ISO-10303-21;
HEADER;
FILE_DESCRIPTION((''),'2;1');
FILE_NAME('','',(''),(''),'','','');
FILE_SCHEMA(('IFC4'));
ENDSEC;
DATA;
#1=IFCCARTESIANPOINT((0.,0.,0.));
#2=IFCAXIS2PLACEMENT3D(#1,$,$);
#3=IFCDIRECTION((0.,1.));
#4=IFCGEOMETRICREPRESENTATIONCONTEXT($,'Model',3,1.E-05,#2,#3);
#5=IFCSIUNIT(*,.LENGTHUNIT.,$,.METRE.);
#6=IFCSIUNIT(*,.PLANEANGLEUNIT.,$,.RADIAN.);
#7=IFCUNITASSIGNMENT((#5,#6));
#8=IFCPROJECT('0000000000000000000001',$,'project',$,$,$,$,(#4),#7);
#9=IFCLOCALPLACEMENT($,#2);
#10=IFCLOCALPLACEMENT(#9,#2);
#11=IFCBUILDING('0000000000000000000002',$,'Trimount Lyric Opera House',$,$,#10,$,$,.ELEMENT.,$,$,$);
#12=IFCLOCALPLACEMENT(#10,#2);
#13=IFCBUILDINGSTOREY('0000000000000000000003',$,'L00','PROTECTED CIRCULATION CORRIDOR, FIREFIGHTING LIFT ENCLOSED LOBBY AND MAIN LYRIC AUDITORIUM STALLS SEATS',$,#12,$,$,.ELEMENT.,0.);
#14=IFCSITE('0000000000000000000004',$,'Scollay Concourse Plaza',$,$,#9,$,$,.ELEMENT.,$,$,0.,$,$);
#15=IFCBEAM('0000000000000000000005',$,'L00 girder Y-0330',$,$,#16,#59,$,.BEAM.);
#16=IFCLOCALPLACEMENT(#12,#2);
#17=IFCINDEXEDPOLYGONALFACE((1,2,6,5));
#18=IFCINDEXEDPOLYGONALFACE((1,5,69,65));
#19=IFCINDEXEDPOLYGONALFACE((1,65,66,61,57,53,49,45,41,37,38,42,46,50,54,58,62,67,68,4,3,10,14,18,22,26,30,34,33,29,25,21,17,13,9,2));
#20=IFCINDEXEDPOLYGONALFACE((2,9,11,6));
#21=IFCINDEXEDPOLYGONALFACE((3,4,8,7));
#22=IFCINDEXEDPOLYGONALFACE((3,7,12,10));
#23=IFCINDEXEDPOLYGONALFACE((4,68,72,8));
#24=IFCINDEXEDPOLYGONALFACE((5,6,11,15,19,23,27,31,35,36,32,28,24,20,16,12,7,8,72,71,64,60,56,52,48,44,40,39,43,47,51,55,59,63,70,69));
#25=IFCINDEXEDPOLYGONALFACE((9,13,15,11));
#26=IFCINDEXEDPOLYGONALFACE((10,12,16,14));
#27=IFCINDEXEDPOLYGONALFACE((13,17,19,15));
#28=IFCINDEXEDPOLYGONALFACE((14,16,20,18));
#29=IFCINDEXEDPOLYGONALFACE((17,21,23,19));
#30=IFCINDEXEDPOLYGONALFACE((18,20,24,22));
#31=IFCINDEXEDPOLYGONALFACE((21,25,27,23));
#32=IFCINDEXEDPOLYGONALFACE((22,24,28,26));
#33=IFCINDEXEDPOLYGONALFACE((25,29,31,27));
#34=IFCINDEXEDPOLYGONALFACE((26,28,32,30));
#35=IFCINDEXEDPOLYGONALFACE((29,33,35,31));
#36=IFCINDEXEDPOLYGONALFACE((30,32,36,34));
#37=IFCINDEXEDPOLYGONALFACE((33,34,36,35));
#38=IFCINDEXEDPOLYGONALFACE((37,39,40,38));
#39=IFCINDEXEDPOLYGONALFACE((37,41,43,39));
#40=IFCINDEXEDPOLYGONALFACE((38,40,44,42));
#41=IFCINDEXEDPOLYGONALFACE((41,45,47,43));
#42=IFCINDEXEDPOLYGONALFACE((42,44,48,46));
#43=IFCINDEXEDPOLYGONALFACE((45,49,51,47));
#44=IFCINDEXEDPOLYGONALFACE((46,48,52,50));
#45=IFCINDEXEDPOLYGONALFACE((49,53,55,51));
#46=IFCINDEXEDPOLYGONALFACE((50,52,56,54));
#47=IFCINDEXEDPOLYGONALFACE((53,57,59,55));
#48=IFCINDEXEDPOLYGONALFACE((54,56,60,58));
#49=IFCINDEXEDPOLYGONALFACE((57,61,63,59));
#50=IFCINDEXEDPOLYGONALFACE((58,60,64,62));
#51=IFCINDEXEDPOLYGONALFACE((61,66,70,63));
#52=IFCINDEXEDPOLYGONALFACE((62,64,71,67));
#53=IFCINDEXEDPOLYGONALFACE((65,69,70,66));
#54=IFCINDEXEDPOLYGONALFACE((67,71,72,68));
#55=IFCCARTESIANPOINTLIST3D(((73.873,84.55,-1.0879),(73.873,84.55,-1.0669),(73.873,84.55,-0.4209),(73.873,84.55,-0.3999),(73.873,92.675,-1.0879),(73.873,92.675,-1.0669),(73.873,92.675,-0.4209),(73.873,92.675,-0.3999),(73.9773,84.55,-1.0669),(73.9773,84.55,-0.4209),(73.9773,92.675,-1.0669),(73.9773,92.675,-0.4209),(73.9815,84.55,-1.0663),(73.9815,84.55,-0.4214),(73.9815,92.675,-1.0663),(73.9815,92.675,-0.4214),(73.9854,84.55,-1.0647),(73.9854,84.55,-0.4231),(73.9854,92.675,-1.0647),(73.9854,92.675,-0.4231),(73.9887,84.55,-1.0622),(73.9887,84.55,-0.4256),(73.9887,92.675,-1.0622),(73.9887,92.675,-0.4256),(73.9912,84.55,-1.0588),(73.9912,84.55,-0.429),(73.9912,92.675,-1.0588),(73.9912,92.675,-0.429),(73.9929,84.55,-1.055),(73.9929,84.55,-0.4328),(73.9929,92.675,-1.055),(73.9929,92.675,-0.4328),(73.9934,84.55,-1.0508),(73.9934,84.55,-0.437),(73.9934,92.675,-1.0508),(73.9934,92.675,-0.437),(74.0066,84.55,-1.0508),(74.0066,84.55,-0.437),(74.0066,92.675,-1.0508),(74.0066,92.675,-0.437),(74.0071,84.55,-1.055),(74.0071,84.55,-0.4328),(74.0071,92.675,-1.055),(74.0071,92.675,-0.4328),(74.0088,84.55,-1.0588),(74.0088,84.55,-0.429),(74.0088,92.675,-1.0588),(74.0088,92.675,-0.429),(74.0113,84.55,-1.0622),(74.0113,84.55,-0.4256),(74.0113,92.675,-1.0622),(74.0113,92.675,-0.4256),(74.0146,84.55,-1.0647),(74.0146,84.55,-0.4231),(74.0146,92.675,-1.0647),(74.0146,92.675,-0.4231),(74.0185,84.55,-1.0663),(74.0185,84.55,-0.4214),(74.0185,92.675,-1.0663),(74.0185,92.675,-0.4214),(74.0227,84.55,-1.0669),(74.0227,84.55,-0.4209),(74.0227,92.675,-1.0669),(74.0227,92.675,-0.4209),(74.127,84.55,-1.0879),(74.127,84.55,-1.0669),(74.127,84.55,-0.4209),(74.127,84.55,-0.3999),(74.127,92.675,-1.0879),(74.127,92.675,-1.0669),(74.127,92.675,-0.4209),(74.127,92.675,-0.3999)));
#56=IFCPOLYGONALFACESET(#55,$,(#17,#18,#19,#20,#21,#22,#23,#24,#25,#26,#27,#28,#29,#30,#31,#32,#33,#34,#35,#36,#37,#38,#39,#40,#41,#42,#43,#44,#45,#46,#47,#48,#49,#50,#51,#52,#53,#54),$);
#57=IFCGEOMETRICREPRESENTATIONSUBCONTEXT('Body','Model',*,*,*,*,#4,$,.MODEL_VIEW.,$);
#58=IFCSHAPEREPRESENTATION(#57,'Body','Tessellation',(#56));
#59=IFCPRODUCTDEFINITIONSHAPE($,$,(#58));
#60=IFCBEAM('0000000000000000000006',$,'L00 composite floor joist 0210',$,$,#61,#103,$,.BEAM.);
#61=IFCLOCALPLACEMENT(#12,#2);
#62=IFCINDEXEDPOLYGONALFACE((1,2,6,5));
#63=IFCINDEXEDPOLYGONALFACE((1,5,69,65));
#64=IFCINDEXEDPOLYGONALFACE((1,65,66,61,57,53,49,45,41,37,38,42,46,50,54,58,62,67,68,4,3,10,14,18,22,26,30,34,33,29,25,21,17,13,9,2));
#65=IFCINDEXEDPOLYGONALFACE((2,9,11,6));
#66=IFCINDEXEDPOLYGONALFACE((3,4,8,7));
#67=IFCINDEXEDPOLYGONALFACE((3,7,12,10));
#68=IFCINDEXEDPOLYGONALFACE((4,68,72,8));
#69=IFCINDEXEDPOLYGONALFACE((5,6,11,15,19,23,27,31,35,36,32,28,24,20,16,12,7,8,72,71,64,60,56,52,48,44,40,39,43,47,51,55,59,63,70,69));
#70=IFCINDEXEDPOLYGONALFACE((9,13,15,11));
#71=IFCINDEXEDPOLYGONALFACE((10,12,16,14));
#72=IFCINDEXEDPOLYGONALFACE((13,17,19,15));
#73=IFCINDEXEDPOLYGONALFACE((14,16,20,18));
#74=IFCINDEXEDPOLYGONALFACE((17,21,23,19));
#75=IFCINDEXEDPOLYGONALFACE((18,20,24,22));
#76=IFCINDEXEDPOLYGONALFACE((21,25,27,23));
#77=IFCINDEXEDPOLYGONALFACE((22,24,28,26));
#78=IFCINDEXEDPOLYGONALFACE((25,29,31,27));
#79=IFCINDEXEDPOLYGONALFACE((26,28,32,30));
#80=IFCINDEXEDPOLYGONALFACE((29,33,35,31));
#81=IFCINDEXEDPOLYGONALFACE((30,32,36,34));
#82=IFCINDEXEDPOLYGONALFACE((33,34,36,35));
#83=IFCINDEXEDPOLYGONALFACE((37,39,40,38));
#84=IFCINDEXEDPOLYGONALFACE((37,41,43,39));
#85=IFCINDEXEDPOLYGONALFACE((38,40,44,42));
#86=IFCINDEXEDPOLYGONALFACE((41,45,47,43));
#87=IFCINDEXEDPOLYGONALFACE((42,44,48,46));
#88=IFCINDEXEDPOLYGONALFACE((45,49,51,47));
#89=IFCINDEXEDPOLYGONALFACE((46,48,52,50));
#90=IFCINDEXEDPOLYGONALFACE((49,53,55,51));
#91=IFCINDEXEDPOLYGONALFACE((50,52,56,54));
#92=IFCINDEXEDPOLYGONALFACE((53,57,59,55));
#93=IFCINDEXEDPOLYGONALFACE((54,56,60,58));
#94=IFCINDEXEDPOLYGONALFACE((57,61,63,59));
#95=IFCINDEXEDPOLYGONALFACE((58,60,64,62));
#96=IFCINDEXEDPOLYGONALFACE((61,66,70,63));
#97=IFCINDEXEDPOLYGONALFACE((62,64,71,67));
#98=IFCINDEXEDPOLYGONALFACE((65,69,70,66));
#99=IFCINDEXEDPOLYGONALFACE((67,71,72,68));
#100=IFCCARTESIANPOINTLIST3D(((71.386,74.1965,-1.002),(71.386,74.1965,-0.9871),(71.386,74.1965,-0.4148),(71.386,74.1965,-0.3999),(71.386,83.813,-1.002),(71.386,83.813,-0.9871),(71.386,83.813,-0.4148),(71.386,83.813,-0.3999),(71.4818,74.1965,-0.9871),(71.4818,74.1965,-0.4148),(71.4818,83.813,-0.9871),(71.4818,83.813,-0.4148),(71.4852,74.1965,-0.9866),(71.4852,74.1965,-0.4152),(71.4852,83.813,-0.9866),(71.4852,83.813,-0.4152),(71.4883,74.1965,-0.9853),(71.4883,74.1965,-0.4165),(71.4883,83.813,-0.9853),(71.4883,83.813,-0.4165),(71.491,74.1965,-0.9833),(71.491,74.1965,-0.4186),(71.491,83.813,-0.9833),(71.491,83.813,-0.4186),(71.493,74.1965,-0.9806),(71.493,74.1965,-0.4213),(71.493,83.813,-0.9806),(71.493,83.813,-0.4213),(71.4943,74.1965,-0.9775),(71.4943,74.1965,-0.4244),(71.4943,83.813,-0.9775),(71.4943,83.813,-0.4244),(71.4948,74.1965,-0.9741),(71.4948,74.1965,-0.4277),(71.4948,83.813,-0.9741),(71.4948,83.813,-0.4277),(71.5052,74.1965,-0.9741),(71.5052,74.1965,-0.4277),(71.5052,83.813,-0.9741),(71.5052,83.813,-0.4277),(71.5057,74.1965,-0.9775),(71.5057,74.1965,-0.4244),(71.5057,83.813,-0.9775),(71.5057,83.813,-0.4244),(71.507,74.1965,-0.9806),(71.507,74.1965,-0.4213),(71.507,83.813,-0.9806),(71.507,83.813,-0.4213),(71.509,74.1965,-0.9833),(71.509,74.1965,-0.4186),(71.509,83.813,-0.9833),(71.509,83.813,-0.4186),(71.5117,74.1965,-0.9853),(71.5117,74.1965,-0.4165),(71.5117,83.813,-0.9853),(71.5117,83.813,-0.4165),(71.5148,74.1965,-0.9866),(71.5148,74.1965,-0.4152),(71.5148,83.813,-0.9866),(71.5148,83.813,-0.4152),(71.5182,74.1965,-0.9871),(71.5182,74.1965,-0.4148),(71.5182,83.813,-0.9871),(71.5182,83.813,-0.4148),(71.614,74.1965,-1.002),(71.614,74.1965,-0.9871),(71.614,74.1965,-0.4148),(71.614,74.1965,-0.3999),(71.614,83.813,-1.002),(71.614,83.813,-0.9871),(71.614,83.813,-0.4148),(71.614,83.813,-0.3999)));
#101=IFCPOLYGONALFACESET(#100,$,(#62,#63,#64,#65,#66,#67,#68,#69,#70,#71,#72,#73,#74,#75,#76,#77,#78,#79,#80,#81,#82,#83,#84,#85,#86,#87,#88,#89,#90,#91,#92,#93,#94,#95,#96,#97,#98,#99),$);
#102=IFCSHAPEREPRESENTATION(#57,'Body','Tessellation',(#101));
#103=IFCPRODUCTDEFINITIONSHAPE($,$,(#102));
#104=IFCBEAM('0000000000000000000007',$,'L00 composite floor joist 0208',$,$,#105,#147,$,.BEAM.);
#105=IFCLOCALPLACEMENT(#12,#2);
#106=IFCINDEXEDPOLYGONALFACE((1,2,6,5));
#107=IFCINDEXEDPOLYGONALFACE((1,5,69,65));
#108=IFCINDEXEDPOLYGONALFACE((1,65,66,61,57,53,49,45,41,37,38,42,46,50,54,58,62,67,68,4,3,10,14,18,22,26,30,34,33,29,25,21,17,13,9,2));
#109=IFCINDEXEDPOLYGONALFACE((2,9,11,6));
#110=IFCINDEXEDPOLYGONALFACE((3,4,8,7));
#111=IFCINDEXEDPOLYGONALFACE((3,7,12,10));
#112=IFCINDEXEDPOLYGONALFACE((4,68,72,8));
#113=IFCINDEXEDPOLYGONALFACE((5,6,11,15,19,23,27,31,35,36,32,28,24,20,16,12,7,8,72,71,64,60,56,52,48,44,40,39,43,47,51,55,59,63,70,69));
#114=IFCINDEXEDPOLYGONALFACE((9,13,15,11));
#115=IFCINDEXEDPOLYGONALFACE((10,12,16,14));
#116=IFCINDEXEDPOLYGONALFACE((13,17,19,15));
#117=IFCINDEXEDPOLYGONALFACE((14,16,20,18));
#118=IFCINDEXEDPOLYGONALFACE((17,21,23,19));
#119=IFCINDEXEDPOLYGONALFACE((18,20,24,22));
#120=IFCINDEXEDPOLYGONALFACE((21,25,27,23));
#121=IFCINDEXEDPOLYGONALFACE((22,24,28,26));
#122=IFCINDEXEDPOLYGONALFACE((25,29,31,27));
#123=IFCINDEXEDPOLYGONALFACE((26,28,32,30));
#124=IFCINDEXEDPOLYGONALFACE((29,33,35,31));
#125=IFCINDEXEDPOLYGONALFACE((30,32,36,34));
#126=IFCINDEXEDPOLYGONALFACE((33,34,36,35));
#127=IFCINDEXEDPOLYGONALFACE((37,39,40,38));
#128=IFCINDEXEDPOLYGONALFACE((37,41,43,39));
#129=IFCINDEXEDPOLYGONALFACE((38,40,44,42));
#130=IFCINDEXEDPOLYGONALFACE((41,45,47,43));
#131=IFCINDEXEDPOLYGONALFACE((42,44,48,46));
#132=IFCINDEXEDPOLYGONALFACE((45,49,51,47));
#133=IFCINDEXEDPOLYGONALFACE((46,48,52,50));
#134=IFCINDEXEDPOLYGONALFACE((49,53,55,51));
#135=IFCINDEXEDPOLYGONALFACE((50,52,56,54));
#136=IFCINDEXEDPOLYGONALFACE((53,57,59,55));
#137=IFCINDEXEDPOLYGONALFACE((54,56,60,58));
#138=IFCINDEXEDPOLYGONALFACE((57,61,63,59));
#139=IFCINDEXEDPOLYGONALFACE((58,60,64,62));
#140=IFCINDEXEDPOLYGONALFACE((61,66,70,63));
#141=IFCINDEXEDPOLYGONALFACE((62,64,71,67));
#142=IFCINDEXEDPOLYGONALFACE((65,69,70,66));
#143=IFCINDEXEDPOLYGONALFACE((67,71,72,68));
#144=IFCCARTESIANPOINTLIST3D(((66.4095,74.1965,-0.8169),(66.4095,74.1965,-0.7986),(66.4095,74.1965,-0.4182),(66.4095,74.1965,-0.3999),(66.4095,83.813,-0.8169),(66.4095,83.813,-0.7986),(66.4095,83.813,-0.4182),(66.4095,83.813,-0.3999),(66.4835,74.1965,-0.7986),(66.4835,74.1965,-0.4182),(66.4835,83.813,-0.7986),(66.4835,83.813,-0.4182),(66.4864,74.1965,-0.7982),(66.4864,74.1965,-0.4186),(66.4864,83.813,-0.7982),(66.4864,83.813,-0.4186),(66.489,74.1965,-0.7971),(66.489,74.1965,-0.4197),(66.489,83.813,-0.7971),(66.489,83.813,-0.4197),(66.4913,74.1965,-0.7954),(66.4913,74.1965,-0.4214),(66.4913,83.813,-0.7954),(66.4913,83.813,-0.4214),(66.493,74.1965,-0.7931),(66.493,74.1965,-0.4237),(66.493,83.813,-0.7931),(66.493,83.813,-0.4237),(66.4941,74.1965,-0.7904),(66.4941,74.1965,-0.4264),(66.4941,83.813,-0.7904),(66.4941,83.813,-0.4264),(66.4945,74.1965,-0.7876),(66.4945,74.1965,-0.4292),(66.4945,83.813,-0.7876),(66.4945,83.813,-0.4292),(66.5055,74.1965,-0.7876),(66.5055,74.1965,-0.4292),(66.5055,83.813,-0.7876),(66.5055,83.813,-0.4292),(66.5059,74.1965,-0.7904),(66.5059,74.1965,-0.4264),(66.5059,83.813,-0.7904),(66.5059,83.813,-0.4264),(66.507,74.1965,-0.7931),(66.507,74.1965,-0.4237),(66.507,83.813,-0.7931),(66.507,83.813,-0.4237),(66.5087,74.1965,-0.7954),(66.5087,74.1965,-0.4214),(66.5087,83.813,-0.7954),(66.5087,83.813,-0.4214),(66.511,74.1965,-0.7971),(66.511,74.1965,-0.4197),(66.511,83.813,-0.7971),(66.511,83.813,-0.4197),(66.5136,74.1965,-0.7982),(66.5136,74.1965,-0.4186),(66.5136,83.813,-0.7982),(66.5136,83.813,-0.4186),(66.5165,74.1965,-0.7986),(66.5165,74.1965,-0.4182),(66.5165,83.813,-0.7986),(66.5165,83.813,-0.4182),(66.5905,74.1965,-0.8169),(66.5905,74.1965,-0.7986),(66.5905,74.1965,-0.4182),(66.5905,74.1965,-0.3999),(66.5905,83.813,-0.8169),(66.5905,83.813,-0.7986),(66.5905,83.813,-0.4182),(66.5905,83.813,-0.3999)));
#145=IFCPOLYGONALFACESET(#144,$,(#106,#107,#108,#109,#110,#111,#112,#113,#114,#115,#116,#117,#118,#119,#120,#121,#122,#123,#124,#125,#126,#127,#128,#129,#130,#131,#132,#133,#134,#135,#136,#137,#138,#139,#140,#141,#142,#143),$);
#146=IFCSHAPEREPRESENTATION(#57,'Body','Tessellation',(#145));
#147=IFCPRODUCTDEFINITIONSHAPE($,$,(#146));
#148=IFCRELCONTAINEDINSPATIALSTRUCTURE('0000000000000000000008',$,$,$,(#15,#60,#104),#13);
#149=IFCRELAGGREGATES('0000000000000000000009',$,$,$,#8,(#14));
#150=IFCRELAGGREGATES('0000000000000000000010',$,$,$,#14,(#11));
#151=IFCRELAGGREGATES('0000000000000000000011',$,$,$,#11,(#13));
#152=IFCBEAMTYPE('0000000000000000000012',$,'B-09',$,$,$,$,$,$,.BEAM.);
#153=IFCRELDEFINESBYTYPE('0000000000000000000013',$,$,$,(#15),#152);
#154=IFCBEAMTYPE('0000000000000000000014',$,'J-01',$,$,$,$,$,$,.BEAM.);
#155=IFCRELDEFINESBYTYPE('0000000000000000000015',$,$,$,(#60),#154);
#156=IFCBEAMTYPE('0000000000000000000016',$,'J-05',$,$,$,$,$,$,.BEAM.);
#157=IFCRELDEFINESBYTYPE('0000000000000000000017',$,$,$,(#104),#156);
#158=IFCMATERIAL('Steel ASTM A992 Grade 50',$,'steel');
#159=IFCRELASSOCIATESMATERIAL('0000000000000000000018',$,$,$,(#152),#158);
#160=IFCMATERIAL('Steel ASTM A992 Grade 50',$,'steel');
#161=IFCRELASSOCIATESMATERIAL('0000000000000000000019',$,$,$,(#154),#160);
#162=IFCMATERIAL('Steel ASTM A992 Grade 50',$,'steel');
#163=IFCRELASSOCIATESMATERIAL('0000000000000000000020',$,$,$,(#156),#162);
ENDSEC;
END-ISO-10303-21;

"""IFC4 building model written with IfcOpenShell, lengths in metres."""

from ifc_helpers import new_model, si_unit, direction, frame, origin, origin_2d, place, context, subcontext, project, spatial, i_section, extrude, material, material_profile, profile_set, type_object, element, save


model = new_model("IFC4")

# Units and contexts
model_context = context("Model", 3, precision=1e-05, world=origin(), true_north=direction((0.0, 1.0)))
body_context = subcontext(model_context, "Body", "Model", "MODEL_VIEW")
ifc_project = project(units=[si_unit("LENGTHUNIT", "METRE"), si_unit("PLANEANGLEUNIT", "RADIAN")], contexts=[model_context])

# Site, building, storey
site_placement = place(None, origin())
site = spatial("IfcSite", under=ifc_project, at=site_placement, Name="Scollay Concourse Plaza", CompositionType="ELEMENT", RefElevation=0.0)
building_placement = place(site_placement, origin())
building = spatial("IfcBuilding", under=site, at=building_placement, Name="Trimount Lyric Opera House", CompositionType="ELEMENT")
storey_placement = place(building_placement, origin())
storey = spatial("IfcBuildingStorey", under=building, at=storey_placement, Name="L00", Description="PROTECTED CIRCULATION CORRIDOR, FIREFIGHTING LIFT ENCLOSED LOBBY AND MAIN LYRIC AUDITORIUM STALLS SEATS", CompositionType="ELEMENT", Elevation=0.0)

# Beams
ifc_material_1 = material(Name="Steel ASTM A992 Grade 50", Category="steel")
ifc_material_profile_1 = material_profile(ifc_material_1, i_section(OverallWidth=0.2539, OverallDepth=0.688, WebThickness=0.0132, FlangeThickness=0.021, FilletRadius=0.0161, at=origin_2d()), Name="W27X102")
ifc_profile_set_1 = profile_set([ifc_material_profile_1], Name="Steel ASTM A992 Grade 50")
beam_type_1 = type_object("IfcBeamType", Name="B-09", PredefinedType="BEAM", material=ifc_profile_set_1)
beam_1_placement = place(storey_placement, frame((74.0, 84.55, -0.7439), z_axis=(0.0, 1.0, 0.0), x_axis=(-1.0, 0.0, 0.0)))
element("IfcBeam", 1, at=beam_1_placement, inside=storey, type_object=beam_type_1, Name="L00 girder Y-0330", PredefinedType="BEAM", context=body_context, shape_type="SweptSolid", body=[
    extrude(i_section(OverallWidth=0.2539, OverallDepth=0.688, WebThickness=0.0132, FlangeThickness=0.021, FilletRadius=0.0161, at=origin_2d()), origin(), (0.0, 0.0, 1.0), 8.125),
])
ifc_material_2 = material(Name="Steel ASTM A992 Grade 50", Category="steel")
ifc_material_profile_2 = material_profile(ifc_material_2, i_section(OverallWidth=0.228, OverallDepth=0.6021, WebThickness=0.0105, FlangeThickness=0.0149, FilletRadius=0.0129, at=origin_2d()), Name="W24X68")
ifc_profile_set_2 = profile_set([ifc_material_profile_2], Name="Steel ASTM A992 Grade 50")
beam_type_2 = type_object("IfcBeamType", Name="J-01", PredefinedType="BEAM", material=ifc_profile_set_2)
beam_2_placement = place(storey_placement, frame((71.5, 74.1965, -0.7009), z_axis=(0.0, 1.0, 0.0), x_axis=(-1.0, 0.0, 0.0)))
element("IfcBeam", 2, at=beam_2_placement, inside=storey, type_object=beam_type_2, Name="L00 composite floor joist 0210", PredefinedType="BEAM", context=body_context, shape_type="SweptSolid", body=[
    extrude(i_section(OverallWidth=0.228, OverallDepth=0.6021, WebThickness=0.0105, FlangeThickness=0.0149, FilletRadius=0.0129, at=origin_2d()), origin(), (0.0, 0.0, 1.0), 9.6165),
])
ifc_material_3 = material(Name="Steel ASTM A992 Grade 50", Category="steel")
ifc_material_profile_3 = material_profile(ifc_material_3, i_section(OverallWidth=0.1809, OverallDepth=0.417, WebThickness=0.011, FlangeThickness=0.0183, FilletRadius=0.011, at=origin_2d()), Name="W16X57")
ifc_profile_set_3 = profile_set([ifc_material_profile_3], Name="Steel ASTM A992 Grade 50")
beam_type_3 = type_object("IfcBeamType", Name="J-05", PredefinedType="BEAM", material=ifc_profile_set_3)
beam_3_placement = place(storey_placement, frame((66.5, 74.1965, -0.6084), z_axis=(0.0, 1.0, 0.0), x_axis=(-1.0, 0.0, 0.0)))
element("IfcBeam", 3, at=beam_3_placement, inside=storey, type_object=beam_type_3, Name="L00 composite floor joist 0208", PredefinedType="BEAM", context=body_context, shape_type="SweptSolid", body=[
    extrude(i_section(OverallWidth=0.1809, OverallDepth=0.417, WebThickness=0.011, FlangeThickness=0.0183, FilletRadius=0.011, at=origin_2d()), origin(), (0.0, 0.0, 1.0), 9.6165),
])

save(model, "model.ifc")
